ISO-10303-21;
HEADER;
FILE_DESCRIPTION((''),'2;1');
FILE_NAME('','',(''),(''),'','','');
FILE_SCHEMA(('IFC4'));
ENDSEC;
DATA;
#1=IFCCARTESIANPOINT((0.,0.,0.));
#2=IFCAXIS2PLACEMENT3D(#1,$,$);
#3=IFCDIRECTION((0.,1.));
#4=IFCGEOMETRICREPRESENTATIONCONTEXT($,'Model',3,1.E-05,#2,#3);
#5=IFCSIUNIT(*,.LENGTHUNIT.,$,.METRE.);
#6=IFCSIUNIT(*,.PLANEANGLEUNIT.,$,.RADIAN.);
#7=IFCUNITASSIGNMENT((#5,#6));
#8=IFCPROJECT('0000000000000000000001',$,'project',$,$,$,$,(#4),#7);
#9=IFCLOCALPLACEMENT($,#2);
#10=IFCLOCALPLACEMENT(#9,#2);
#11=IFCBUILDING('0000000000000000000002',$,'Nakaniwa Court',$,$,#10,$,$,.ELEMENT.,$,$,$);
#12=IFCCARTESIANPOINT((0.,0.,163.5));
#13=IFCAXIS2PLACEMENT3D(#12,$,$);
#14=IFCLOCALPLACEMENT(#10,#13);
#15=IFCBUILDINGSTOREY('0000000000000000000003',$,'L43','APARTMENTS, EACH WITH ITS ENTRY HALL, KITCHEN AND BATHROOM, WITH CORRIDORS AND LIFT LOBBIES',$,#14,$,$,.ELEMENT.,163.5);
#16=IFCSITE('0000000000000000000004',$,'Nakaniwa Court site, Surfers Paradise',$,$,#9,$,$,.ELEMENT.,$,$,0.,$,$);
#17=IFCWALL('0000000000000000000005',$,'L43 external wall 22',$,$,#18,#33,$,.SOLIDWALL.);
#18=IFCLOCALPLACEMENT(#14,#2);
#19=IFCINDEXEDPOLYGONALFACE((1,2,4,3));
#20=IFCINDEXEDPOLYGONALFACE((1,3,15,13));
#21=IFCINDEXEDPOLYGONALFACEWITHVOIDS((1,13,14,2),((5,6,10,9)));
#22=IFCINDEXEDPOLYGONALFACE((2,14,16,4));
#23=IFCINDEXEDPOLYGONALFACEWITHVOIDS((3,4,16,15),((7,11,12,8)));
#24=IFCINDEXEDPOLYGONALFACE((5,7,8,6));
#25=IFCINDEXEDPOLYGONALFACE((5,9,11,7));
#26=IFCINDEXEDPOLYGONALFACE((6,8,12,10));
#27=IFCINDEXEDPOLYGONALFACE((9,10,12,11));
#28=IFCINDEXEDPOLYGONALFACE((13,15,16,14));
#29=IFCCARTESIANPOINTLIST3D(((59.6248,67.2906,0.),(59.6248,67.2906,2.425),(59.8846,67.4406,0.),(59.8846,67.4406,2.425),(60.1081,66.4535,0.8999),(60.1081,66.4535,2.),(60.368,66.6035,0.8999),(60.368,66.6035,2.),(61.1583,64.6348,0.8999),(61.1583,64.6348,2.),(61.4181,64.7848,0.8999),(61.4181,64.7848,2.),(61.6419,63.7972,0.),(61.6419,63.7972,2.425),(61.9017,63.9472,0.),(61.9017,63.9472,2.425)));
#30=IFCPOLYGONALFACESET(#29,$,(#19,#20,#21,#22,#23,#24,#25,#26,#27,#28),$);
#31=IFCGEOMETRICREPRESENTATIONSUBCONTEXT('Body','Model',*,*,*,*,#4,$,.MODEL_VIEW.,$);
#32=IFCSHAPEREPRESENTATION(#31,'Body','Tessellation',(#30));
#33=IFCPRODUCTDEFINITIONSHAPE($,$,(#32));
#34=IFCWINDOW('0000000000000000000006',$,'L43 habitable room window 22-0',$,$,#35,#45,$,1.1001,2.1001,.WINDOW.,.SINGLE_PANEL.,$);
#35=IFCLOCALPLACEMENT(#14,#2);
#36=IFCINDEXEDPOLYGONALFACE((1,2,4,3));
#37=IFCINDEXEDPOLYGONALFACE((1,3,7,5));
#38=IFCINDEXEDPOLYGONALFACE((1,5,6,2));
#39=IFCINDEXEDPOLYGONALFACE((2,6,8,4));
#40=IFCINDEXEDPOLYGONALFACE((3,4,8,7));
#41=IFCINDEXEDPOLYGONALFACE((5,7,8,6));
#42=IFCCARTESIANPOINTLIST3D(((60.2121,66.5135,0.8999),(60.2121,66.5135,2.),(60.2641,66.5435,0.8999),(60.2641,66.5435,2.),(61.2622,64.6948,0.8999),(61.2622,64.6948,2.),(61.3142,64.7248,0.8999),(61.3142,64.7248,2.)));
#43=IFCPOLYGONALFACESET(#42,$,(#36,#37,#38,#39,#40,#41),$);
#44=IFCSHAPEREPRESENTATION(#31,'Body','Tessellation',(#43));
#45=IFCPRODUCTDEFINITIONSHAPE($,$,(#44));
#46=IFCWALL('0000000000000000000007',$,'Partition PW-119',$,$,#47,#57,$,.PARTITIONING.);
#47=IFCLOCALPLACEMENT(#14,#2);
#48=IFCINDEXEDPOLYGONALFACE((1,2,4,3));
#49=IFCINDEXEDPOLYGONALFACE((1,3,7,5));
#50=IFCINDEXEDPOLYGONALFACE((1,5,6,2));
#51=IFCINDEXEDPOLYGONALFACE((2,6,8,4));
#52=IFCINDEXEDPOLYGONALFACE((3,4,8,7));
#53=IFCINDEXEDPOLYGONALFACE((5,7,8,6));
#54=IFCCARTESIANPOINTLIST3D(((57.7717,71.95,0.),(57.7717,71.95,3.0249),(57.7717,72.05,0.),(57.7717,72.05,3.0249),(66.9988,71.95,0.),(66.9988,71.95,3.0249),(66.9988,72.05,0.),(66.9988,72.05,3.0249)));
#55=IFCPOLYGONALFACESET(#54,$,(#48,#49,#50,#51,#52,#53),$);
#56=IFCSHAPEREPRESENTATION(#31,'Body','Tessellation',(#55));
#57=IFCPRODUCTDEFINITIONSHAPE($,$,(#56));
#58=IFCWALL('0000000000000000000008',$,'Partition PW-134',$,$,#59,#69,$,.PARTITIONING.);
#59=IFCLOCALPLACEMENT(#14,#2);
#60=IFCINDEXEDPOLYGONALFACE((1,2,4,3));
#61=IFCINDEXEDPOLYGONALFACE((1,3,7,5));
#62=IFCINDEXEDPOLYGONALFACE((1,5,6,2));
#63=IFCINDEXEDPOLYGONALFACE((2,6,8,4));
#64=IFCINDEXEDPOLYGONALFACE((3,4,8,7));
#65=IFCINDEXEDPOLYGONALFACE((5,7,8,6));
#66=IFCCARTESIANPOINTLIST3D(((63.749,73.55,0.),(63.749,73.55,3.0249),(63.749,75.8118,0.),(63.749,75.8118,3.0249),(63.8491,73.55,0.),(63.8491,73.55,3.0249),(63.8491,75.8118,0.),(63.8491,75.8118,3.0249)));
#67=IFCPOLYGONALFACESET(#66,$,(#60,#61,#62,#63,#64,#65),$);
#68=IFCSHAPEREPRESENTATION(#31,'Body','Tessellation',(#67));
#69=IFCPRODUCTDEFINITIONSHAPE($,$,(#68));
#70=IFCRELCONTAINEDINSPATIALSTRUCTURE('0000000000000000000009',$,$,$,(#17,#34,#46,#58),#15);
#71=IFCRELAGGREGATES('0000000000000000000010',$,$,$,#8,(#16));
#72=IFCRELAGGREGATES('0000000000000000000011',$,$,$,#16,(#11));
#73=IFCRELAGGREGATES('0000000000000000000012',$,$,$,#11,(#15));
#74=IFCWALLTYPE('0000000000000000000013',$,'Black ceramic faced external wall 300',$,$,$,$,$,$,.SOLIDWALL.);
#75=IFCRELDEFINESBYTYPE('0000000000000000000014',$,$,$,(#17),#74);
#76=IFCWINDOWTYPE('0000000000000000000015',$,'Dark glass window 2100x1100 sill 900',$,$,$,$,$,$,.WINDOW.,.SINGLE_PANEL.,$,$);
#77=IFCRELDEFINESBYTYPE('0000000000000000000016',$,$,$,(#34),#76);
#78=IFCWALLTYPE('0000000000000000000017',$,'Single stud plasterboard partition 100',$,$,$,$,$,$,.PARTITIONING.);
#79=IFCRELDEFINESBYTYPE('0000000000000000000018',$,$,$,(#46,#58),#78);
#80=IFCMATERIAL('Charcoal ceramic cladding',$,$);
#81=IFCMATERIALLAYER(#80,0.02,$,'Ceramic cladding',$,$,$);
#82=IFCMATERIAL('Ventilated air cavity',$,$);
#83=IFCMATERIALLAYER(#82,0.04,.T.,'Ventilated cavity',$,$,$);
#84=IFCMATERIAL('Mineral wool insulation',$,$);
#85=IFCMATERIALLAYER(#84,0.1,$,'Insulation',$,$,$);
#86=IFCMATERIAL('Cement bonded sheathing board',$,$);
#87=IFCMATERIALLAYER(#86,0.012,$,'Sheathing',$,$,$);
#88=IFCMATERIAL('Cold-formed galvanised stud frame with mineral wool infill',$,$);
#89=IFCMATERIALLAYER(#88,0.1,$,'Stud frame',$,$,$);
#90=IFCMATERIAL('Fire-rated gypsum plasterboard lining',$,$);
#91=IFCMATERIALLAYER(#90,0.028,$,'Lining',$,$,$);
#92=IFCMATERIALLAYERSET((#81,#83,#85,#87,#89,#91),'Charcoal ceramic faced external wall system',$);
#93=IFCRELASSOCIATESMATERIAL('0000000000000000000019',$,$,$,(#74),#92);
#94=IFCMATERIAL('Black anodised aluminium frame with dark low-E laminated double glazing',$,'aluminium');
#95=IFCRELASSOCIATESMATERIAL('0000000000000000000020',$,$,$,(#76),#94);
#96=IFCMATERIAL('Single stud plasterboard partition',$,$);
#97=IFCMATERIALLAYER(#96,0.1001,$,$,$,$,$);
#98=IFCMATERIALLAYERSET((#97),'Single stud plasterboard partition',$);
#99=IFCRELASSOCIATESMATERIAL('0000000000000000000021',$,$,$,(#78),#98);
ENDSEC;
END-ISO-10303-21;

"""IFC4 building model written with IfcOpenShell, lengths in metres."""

from ifc_helpers import new_model, si_unit, direction, frame, frame_2d, origin, place, context, subcontext, project, spatial, rectangle, extrude, material, layer, layer_set, type_object, element, fill, save


model = new_model("IFC4")

# Units and contexts
model_context = context("Model", 3, precision=1e-05, world=origin(), true_north=direction((0.0, 1.0)))
body_context = subcontext(model_context, "Body", "Model", "MODEL_VIEW")
ifc_project = project(units=[si_unit("LENGTHUNIT", "METRE"), si_unit("PLANEANGLEUNIT", "RADIAN")], contexts=[model_context])

# Site, building, storey
site_placement = place(None, origin())
site = spatial("IfcSite", under=ifc_project, at=site_placement, Name="Nakaniwa Court site, Surfers Paradise", CompositionType="ELEMENT", RefElevation=0.0)
building_placement = place(site_placement, origin())
building = spatial("IfcBuilding", under=site, at=building_placement, Name="Nakaniwa Court", CompositionType="ELEMENT")
storey_placement = place(building_placement, frame((0.0, 0.0, 163.5)))
storey = spatial("IfcBuildingStorey", under=building, at=storey_placement, Name="L43", Description="APARTMENTS, EACH WITH ITS ENTRY HALL, KITCHEN AND BATHROOM, WITH CORRIDORS AND LIFT LOBBIES", CompositionType="ELEMENT", Elevation=163.5)

# Wall, opening, window
ifc_material_1 = material(Name="Charcoal ceramic cladding")
ifc_layer_1 = layer(ifc_material_1, 0.02, Name="Ceramic cladding")
ifc_material_2 = material(Name="Ventilated air cavity")
ifc_layer_2 = layer(ifc_material_2, 0.04, ventilated=True, Name="Ventilated cavity")
ifc_material_3 = material(Name="Mineral wool insulation")
ifc_layer_3 = layer(ifc_material_3, 0.1, Name="Insulation")
ifc_material_4 = material(Name="Cement bonded sheathing board")
ifc_layer_4 = layer(ifc_material_4, 0.012, Name="Sheathing")
ifc_material_5 = material(Name="Cold-formed galvanised stud frame with mineral wool infill")
ifc_layer_5 = layer(ifc_material_5, 0.1, Name="Stud frame")
ifc_material_6 = material(Name="Fire-rated gypsum plasterboard lining")
ifc_layer_6 = layer(ifc_material_6, 0.028, Name="Lining")
ifc_layer_set_1 = layer_set([ifc_layer_1, ifc_layer_2, ifc_layer_3, ifc_layer_4, ifc_layer_5, ifc_layer_6], Name="Charcoal ceramic faced external wall system")
wall_type_1 = type_object("IfcWallType", Name="Black ceramic faced external wall 300", PredefinedType="SOLIDWALL", material=ifc_layer_set_1)
ifc_material_7 = material(Name="Black anodised aluminium frame with dark low-E laminated double glazing", Category="aluminium")
window_type = type_object("IfcWindowType", Name="Dark glass window 2100x1100 sill 900", PartitioningType="SINGLE_PANEL", PredefinedType="WINDOW", material=ifc_material_7)
wall_1_placement = place(storey_placement, frame((59.7546, 67.3657, 0.0), z_axis=(0.0, 0.0, 1.0), x_axis=(0.500032, -0.866007, 0.0)))
wall_1 = element("IfcWall", 1, at=wall_1_placement, inside=storey, type_object=wall_type_1, Name="L43 external wall 22", PredefinedType="SOLIDWALL", context=body_context, shape_type="SweptSolid", body=[
    extrude(rectangle(XDim=4.0339, YDim=0.3, at=frame_2d((2.0171, 0.0))), origin(), (0.0, 0.0, 1.0), 2.425),
])
opening_1_placement = place(wall_1_placement, frame((0.9668, 0.0, 0.8999)))
opening_1 = element("IfcOpeningElement", 2, at=opening_1_placement, cuts=wall_1, PredefinedType="OPENING", context=body_context, shape_type="SweptSolid", body=[
    extrude(rectangle(XDim=2.1001, YDim=1.1001, at=frame_2d((1.05, 0.55))), frame((0.0, 0.1599, 0.0), z_axis=(0.0, -1.0, 0.0), x_axis=(1.0, 0.0, 0.0)), (0.0, 0.0, 1.0), 0.3201),
])
window_1_placement = place(opening_1_placement, origin())
window_1 = element("IfcWindow", 3, at=window_1_placement, inside=storey, type_object=window_type, Name="L43 habitable room window 22-0", OverallHeight=1.1001, OverallWidth=2.1001, PartitioningType="SINGLE_PANEL", PredefinedType="WINDOW", context=body_context, shape_type="SweptSolid", body=[
    extrude(rectangle(XDim=2.1001, YDim=1.1001, at=frame_2d((1.05, 0.55))), frame((0.0, 0.03, 0.0), z_axis=(0.0, -1.0, 0.0), x_axis=(1.0, 0.0, 0.0)), (0.0, 0.0, 1.0), 0.0601),
])
fill(opening_1, window_1)

# Walls
ifc_material_8 = material(Name="Single stud plasterboard partition")
ifc_layer_7 = layer(ifc_material_8, 0.1001)
ifc_layer_set_2 = layer_set([ifc_layer_7], Name="Single stud plasterboard partition")
wall_type_2 = type_object("IfcWallType", Name="Single stud plasterboard partition 100", PredefinedType="PARTITIONING", material=ifc_layer_set_2)
wall_2_placement = place(storey_placement, frame((57.7717, 72.0, 0.0), z_axis=(0.0, 0.0, 1.0), x_axis=(1.0, 0.0, 0.0)))
element("IfcWall", 4, at=wall_2_placement, inside=storey, type_object=wall_type_2, Name="Partition PW-119", PredefinedType="PARTITIONING", context=body_context, shape_type="SweptSolid", body=[
    extrude(rectangle(XDim=9.2271, YDim=0.1001, at=frame_2d((4.6135, 0.0))), origin(), (0.0, 0.0, 1.0), 3.0249),
])
wall_3_placement = place(storey_placement, frame((63.7991, 73.55, 0.0), z_axis=(0.0, 0.0, 1.0), x_axis=(0.0, 1.0, 0.0)))
element("IfcWall", 5, at=wall_3_placement, inside=storey, type_object=wall_type_2, Name="Partition PW-134", PredefinedType="PARTITIONING", context=body_context, shape_type="SweptSolid", body=[
    extrude(rectangle(XDim=2.2617, YDim=0.1001, at=frame_2d((1.1309, 0.0))), origin(), (0.0, 0.0, 1.0), 3.0249),
])

save(model, "model.ifc")
